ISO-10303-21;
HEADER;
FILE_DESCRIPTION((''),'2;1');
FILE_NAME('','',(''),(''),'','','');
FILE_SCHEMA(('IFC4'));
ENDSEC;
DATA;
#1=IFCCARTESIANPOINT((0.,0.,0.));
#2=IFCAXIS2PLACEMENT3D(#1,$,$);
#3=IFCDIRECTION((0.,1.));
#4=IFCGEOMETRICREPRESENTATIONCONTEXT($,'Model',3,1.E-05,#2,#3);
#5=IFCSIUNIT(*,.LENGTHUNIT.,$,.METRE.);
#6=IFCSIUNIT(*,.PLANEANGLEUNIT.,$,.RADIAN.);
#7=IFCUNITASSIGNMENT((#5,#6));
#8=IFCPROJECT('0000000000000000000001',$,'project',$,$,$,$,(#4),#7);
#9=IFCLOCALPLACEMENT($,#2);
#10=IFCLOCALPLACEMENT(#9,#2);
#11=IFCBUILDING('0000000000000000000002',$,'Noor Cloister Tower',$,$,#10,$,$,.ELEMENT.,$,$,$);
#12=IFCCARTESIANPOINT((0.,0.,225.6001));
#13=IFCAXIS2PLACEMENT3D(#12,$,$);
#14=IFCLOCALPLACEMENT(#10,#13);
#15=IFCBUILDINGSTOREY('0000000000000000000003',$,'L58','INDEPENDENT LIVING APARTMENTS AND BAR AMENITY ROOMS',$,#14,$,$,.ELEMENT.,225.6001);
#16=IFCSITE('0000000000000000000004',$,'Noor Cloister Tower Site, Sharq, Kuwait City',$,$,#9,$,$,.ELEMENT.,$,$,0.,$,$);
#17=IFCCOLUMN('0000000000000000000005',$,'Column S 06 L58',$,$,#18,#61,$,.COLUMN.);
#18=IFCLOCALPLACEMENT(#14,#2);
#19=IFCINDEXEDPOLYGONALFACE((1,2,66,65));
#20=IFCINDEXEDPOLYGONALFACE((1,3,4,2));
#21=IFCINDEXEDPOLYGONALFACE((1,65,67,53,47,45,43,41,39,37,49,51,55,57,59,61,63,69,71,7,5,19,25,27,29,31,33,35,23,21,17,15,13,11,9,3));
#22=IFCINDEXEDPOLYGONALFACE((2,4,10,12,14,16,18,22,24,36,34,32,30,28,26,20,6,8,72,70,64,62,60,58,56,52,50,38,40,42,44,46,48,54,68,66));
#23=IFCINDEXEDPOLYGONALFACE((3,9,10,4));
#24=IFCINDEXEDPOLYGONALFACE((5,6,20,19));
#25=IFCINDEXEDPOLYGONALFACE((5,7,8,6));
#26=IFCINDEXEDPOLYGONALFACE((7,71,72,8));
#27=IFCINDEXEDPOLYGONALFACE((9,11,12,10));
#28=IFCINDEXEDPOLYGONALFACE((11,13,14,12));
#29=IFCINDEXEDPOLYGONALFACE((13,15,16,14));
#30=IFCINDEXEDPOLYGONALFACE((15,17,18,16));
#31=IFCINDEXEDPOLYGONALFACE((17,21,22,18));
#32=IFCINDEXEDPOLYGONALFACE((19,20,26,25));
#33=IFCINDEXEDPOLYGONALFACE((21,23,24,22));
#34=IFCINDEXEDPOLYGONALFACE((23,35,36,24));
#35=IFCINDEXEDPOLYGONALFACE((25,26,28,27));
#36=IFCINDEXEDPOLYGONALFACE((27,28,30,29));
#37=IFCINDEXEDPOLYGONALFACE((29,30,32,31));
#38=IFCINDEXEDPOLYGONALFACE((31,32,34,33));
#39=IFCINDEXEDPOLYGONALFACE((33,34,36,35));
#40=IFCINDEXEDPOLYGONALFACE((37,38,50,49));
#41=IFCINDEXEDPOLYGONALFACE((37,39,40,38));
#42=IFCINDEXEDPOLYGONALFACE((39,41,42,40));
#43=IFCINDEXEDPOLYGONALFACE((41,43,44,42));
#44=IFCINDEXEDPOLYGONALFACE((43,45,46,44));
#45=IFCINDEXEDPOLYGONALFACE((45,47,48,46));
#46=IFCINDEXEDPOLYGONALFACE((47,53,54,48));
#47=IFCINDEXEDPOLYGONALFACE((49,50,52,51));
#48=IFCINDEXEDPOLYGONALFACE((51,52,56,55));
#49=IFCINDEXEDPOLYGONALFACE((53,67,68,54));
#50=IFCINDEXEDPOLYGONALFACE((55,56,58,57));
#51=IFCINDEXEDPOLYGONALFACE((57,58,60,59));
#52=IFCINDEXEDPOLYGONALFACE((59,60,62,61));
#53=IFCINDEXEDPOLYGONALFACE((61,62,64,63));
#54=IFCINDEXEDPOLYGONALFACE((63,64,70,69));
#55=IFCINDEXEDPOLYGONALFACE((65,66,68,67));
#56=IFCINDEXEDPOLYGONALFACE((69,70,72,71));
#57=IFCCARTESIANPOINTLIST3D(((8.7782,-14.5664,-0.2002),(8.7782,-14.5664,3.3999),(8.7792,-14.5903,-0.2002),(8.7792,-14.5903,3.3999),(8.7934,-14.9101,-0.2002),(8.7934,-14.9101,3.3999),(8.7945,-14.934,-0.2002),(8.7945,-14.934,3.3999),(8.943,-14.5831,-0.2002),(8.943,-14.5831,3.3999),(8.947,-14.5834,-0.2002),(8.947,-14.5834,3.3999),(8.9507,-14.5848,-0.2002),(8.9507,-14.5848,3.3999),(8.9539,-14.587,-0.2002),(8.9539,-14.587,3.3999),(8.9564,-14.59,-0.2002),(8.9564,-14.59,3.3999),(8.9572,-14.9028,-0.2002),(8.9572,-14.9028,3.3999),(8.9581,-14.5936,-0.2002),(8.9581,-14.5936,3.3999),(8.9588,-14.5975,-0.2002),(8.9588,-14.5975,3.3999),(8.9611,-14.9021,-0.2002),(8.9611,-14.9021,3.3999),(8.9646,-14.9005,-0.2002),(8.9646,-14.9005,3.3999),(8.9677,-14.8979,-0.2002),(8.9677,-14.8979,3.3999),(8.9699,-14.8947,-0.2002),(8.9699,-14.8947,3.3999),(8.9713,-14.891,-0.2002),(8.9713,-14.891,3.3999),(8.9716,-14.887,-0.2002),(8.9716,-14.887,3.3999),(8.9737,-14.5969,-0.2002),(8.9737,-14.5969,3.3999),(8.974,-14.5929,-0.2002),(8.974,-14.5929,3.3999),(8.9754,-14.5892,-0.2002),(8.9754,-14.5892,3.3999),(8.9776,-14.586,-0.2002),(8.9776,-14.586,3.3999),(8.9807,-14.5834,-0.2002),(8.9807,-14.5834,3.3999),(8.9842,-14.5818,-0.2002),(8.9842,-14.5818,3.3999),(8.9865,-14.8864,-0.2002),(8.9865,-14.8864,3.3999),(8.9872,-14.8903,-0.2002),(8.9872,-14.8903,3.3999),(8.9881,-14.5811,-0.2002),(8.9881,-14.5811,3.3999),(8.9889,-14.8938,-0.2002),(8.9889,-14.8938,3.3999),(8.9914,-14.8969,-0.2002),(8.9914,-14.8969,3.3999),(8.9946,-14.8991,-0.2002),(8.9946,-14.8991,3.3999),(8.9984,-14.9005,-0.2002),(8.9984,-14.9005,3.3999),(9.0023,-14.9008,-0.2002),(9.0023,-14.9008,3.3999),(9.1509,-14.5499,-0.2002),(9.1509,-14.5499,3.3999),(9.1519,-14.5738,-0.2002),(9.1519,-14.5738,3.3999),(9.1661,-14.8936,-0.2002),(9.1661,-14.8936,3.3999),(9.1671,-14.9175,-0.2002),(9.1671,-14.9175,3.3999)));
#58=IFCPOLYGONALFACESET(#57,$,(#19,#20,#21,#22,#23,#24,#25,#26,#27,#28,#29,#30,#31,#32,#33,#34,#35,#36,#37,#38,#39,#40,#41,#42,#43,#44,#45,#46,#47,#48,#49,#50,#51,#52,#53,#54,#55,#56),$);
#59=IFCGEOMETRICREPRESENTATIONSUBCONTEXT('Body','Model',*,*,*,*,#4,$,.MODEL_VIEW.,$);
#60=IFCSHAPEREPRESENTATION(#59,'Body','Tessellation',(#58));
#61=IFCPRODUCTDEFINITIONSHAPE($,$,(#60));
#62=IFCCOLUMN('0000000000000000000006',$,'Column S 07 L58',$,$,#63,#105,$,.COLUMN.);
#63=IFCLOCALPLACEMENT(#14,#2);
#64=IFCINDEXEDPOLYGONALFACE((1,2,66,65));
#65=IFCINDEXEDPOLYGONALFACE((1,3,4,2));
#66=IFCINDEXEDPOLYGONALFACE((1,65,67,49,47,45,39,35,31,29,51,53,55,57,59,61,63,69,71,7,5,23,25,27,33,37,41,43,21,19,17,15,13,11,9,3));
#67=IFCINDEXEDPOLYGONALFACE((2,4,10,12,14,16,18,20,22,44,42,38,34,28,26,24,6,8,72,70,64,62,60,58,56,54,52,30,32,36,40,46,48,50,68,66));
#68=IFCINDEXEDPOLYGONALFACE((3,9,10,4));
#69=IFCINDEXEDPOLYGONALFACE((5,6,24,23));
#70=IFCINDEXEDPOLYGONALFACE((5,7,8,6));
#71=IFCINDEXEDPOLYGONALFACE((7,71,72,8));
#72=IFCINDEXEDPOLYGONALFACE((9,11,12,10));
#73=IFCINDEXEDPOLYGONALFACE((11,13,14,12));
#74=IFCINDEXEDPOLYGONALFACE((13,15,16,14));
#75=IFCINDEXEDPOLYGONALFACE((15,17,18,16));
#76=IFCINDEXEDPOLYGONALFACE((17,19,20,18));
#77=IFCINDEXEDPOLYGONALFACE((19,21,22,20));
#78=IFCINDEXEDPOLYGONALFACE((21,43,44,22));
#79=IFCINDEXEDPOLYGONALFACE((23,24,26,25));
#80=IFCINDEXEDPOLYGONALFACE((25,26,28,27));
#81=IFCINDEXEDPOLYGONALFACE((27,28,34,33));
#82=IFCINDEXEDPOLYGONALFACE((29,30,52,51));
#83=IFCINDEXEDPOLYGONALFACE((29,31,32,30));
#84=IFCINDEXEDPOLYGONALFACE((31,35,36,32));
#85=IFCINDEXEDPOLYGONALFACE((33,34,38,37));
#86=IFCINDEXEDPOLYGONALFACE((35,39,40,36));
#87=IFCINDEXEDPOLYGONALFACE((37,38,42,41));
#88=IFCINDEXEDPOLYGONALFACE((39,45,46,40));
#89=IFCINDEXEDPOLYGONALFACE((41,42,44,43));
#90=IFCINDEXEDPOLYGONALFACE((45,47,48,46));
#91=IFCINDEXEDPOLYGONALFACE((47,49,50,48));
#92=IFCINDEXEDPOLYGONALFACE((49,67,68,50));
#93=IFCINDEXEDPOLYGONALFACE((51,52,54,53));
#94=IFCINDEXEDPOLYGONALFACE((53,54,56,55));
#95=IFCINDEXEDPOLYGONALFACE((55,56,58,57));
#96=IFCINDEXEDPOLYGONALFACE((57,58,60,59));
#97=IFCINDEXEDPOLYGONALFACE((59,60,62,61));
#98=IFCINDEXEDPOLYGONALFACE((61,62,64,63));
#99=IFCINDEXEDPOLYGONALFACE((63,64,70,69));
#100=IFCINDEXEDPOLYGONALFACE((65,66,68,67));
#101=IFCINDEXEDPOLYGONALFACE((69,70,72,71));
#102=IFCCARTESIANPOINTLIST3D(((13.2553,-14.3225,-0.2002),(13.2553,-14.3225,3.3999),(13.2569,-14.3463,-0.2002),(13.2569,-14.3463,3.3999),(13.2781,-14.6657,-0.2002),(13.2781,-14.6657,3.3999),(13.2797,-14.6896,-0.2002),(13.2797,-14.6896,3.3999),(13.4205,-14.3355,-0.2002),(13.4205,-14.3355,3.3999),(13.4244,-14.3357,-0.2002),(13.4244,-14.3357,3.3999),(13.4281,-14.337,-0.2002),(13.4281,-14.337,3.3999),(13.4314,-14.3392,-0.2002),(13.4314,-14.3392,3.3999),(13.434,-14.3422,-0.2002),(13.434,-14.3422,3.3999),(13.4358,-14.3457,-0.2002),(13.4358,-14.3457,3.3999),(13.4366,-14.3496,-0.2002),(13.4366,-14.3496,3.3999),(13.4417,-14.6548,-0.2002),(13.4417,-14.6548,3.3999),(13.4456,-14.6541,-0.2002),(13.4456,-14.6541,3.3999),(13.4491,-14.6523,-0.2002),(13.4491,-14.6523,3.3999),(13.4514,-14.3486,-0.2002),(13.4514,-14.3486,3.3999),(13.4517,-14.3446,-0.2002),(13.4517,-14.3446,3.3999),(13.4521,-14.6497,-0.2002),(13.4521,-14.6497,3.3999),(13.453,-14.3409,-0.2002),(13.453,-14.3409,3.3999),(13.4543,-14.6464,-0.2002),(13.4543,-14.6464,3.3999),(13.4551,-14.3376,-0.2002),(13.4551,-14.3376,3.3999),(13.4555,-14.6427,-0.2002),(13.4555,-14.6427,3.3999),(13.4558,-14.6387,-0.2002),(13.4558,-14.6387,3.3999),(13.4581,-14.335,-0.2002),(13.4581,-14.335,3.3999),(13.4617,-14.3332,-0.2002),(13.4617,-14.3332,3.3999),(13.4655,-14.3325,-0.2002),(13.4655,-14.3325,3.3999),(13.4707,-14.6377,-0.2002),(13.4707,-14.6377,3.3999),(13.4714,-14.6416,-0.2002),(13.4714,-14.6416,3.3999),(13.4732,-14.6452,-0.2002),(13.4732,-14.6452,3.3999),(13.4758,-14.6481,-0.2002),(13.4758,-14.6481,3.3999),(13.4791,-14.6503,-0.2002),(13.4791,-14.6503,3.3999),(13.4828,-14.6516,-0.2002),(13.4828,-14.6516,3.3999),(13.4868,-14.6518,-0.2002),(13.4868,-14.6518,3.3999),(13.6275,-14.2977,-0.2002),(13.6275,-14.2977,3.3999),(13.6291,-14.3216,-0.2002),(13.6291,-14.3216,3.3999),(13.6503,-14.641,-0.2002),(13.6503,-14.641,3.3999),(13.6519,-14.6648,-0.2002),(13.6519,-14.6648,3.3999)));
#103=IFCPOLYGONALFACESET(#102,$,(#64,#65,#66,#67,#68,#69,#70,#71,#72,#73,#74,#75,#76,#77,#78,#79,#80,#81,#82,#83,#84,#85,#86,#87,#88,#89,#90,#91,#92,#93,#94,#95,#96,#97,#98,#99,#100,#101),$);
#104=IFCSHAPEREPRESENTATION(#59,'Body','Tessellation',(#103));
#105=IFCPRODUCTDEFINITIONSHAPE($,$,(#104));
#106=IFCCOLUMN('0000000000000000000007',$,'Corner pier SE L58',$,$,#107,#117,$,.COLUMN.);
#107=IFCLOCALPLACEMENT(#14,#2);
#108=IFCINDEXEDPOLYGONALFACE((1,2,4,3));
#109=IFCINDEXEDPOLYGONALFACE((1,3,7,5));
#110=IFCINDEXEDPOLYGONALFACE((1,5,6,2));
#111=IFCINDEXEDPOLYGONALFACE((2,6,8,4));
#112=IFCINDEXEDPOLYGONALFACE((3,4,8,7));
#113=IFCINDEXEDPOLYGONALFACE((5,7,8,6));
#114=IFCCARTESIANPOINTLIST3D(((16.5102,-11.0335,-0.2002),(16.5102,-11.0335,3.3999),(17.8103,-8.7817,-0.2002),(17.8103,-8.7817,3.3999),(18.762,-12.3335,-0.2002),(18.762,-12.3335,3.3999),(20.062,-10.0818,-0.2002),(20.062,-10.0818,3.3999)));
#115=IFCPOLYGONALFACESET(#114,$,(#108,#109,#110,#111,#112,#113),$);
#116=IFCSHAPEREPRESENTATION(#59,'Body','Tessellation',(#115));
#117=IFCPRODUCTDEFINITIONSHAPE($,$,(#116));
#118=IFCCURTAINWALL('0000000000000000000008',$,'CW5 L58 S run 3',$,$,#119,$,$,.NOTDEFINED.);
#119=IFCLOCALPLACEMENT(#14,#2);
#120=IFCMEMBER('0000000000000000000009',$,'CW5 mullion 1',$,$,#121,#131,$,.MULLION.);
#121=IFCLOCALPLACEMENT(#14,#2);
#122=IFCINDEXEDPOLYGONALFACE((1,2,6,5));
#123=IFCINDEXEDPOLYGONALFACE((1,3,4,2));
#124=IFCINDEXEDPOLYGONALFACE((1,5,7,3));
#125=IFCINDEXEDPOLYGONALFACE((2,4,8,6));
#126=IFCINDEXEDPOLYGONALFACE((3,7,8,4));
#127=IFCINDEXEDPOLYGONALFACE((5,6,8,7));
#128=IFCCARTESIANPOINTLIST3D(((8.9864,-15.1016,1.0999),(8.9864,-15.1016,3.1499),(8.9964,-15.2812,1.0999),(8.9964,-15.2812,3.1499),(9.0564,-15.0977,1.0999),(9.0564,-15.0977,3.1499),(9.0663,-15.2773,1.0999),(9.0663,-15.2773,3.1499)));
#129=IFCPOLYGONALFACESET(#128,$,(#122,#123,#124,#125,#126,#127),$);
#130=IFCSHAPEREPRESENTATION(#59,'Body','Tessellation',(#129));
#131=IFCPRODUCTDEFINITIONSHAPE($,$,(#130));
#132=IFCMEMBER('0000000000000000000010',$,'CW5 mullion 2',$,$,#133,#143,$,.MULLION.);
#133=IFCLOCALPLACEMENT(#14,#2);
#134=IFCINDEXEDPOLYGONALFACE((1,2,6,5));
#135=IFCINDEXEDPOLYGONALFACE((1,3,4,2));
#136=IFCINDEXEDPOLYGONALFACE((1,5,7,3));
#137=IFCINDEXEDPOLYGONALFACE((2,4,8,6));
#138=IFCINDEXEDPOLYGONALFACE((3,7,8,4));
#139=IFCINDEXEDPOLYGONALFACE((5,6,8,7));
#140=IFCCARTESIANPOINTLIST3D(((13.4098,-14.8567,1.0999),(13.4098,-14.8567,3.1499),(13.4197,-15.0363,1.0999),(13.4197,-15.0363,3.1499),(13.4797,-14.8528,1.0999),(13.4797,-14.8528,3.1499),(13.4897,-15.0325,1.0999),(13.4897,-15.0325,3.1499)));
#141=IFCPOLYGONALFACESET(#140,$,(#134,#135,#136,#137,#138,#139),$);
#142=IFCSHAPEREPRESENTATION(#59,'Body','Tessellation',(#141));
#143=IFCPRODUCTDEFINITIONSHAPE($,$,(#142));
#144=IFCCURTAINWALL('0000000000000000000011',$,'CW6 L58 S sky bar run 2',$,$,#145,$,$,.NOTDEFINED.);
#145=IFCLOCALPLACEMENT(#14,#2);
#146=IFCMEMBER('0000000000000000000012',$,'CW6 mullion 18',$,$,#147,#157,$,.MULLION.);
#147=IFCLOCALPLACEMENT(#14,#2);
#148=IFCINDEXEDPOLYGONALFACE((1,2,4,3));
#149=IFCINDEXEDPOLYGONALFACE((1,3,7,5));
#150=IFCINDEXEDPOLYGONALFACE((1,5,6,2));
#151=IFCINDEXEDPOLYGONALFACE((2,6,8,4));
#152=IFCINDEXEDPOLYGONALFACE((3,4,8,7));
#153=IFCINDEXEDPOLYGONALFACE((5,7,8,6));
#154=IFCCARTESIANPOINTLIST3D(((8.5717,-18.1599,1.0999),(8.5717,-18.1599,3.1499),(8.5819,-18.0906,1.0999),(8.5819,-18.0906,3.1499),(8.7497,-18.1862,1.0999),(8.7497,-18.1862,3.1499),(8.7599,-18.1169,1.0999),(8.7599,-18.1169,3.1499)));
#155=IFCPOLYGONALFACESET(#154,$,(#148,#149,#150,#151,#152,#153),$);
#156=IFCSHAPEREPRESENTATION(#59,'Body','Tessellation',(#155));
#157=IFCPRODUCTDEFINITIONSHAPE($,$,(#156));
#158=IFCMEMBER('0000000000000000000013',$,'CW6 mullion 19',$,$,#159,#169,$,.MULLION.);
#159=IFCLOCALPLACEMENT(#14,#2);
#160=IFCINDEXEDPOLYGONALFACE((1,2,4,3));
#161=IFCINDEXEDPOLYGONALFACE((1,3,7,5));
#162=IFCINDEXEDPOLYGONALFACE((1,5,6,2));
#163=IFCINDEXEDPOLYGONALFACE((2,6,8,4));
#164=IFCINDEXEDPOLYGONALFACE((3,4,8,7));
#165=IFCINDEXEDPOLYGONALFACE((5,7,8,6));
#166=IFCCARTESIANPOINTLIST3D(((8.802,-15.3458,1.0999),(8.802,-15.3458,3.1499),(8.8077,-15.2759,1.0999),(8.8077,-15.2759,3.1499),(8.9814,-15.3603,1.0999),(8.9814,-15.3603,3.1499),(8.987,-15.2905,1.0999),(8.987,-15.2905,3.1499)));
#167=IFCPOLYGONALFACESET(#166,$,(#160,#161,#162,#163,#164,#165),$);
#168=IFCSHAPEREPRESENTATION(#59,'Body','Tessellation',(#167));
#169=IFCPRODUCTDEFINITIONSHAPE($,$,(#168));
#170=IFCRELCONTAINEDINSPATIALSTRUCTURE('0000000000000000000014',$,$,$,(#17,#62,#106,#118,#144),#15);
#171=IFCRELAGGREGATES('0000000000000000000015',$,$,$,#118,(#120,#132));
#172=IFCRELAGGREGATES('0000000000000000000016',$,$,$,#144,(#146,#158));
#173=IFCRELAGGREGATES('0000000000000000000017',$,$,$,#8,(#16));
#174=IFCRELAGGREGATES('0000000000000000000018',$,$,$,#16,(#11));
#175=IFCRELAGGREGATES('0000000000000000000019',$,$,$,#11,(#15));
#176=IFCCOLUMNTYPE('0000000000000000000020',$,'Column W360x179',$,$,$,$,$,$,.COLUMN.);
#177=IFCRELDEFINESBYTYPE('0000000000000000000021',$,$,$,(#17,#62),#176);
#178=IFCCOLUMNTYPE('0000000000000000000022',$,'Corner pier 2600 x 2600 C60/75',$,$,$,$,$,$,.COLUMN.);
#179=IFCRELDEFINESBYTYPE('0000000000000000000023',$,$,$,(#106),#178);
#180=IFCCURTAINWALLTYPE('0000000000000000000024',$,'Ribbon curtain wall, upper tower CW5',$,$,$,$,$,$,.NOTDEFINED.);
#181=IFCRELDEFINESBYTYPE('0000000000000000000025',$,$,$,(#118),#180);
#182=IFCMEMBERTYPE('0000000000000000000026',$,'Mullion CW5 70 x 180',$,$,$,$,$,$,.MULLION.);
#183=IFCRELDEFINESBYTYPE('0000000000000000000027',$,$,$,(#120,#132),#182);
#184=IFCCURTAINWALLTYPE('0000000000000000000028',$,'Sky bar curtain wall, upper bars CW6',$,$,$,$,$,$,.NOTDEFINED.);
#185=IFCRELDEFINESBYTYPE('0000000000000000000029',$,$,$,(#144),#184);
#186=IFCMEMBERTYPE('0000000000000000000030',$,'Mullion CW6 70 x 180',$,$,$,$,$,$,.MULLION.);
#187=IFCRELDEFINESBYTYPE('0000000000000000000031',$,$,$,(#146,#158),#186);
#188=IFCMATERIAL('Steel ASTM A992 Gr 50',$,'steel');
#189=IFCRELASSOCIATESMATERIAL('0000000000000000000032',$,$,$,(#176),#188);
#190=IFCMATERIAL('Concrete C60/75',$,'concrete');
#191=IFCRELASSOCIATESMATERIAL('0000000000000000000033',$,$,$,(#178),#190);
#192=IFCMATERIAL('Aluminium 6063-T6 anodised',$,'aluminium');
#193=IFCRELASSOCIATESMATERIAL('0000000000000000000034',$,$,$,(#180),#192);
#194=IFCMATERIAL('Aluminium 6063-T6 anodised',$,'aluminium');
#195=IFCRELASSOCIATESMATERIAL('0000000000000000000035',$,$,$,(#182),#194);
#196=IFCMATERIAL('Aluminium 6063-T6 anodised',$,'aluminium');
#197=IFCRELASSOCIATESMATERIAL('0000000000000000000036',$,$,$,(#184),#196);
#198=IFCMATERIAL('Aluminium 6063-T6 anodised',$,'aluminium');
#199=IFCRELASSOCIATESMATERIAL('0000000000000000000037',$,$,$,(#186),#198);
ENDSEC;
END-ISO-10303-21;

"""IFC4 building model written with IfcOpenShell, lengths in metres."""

from ifc_helpers import new_model, si_unit, direction, frame, origin, origin_2d, place, context, subcontext, project, spatial, rectangle, i_section, extrude, material, material_profile, profile_set, type_object, element, aggregate, save


model = new_model("IFC4")

# Units and contexts
model_context = context("Model", 3, precision=1e-05, world=origin(), true_north=direction((0.0, 1.0)))
body_context = subcontext(model_context, "Body", "Model", "MODEL_VIEW")
ifc_project = project(units=[si_unit("LENGTHUNIT", "METRE"), si_unit("PLANEANGLEUNIT", "RADIAN")], contexts=[model_context])

# Site, building, storey
site_placement = place(None, origin())
site = spatial("IfcSite", under=ifc_project, at=site_placement, Name="Noor Cloister Tower Site, Sharq, Kuwait City", CompositionType="ELEMENT", RefElevation=0.0)
building_placement = place(site_placement, origin())
building = spatial("IfcBuilding", under=site, at=building_placement, Name="Noor Cloister Tower", CompositionType="ELEMENT")
storey_placement = place(building_placement, frame((0.0, 0.0, 225.6001)))
storey = spatial("IfcBuildingStorey", under=building, at=storey_placement, Name="L58", Description="INDEPENDENT LIVING APARTMENTS AND BAR AMENITY ROOMS", CompositionType="ELEMENT", Elevation=225.6001)

# Columns
ifc_material_1 = material(Name="Steel ASTM A992 Gr 50", Category="steel")
ifc_material_profile_1 = material_profile(ifc_material_1, i_section(OverallWidth=0.373, OverallDepth=0.3679, WebThickness=0.0149, FlangeThickness=0.0239, FilletRadius=0.0151, at=origin_2d()), Name="W360x179")
ifc_profile_set_1 = profile_set([ifc_material_profile_1], Name="Steel ASTM A992 Gr 50")
column_type_1 = type_object("IfcColumnType", Name="Column W360x179", PredefinedType="COLUMN", material=ifc_profile_set_1)
for number, where, z_axis, x_axis, name in (
    (1, (8.9727, -14.7419, -0.2002), (0.0, 0.0, 1.0), (0.99902, 0.044252, 0.0), "Column S 06 L58"),
    (2, (13.4536, -14.4937, -0.2002), (0.0, 0.0, 1.0), (0.997796, 0.066352, 0.0), "Column S 07 L58"),
):
    element("IfcColumn", number, at=place(storey_placement, frame(where, z_axis=z_axis, x_axis=x_axis)), inside=storey, type_object=column_type_1, Name=name, PredefinedType="COLUMN", context=body_context, shape_type="SweptSolid", body=[
        extrude(i_section(OverallWidth=0.373, OverallDepth=0.3679, WebThickness=0.0149, FlangeThickness=0.0239, FilletRadius=0.0151, at=origin_2d()), origin(), (0.0, 0.0, 1.0), 3.6001),
    ])
ifc_material_2 = material(Name="Concrete C60/75", Category="concrete")
ifc_material_profile_2 = material_profile(ifc_material_2, rectangle(XDim=2.6001, YDim=2.6001, at=origin_2d()), Name="RC 2600x2600")
ifc_profile_set_2 = profile_set([ifc_material_profile_2], Name="Concrete C60/75")
column_type_2 = type_object("IfcColumnType", Name="Corner pier 2600 x 2600 C60/75", PredefinedType="COLUMN", material=ifc_profile_set_2)
column_placement = place(storey_placement, frame((18.2861, -10.5576, -0.2002), z_axis=(0.0, 0.0, 1.0), x_axis=(0.866025, -0.5, 0.0)))
element("IfcColumn", 3, at=column_placement, inside=storey, type_object=column_type_2, Name="Corner pier SE L58", PredefinedType="COLUMN", context=body_context, shape_type="SweptSolid", body=[
    extrude(rectangle(XDim=2.6001, YDim=2.6001, at=origin_2d()), origin(), (0.0, 0.0, 1.0), 3.6001),
])

# Curtain walls, members
ifc_material_3 = material(Name="Aluminium 6063-T6 anodised", Category="aluminium")
curtain_wall_type_1 = type_object("IfcCurtainWallType", Name="Ribbon curtain wall, upper tower CW5", PredefinedType="NOTDEFINED", material=ifc_material_3)
curtain_wall_1_placement = place(storey_placement, origin())
curtain_wall_1 = element("IfcCurtainWall", 4, at=curtain_wall_1_placement, inside=storey, type_object=curtain_wall_type_1, Name="CW5 L58 S run 3", PredefinedType="NOTDEFINED")
ifc_material_4 = material(Name="Aluminium 6063-T6 anodised", Category="aluminium")
ifc_material_profile_3 = material_profile(ifc_material_4, rectangle(XDim=0.1799, YDim=0.0701, at=origin_2d()), Name="180 x 70 mullion")
ifc_profile_set_3 = profile_set([ifc_material_profile_3], Name="Aluminium 6063-T6 anodised")
member_type_1 = type_object("IfcMemberType", Name="Mullion CW5 70 x 180", PredefinedType="MULLION", material=ifc_profile_set_3)
member_1_placement = place(storey_placement, frame((9.0264, -15.1895, 1.0999), z_axis=(0.0, 0.0, 1.0), x_axis=(-0.055305, 0.998469, 0.0)))
member_1 = element("IfcMember", 5, at=member_1_placement, type_object=member_type_1, Name="CW5 mullion 1", PredefinedType="MULLION", context=body_context, shape_type="SweptSolid", body=[
    extrude(rectangle(XDim=0.1799, YDim=0.0701, at=origin_2d()), origin(), (0.0, 0.0, 1.0), 2.05),
])
member_2_placement = place(storey_placement, frame((13.4497, -14.9446, 1.0999), z_axis=(0.0, 0.0, 1.0), x_axis=(-0.055305, 0.998469, 0.0)))
member_2 = element("IfcMember", 6, at=member_2_placement, type_object=member_type_1, Name="CW5 mullion 2", PredefinedType="MULLION", context=body_context, shape_type="SweptSolid", body=[
    extrude(rectangle(XDim=0.1799, YDim=0.0701, at=origin_2d()), origin(), (0.0, 0.0, 1.0), 2.05),
])
ifc_material_5 = material(Name="Aluminium 6063-T6 anodised", Category="aluminium")
curtain_wall_type_2 = type_object("IfcCurtainWallType", Name="Sky bar curtain wall, upper bars CW6", PredefinedType="NOTDEFINED", material=ifc_material_5)
curtain_wall_2_placement = place(storey_placement, origin())
curtain_wall_2 = element("IfcCurtainWall", 7, at=curtain_wall_2_placement, inside=storey, type_object=curtain_wall_type_2, Name="CW6 L58 S sky bar run 2", PredefinedType="NOTDEFINED")
ifc_material_6 = material(Name="Aluminium 6063-T6 anodised", Category="aluminium")
ifc_material_profile_4 = material_profile(ifc_material_6, rectangle(XDim=0.1799, YDim=0.0701, at=origin_2d()), Name="180 x 70 mullion")
ifc_profile_set_4 = profile_set([ifc_material_profile_4], Name="Aluminium 6063-T6 anodised")
member_type_2 = type_object("IfcMemberType", Name="Mullion CW6 70 x 180", PredefinedType="MULLION", material=ifc_profile_set_4)
member_3_placement = place(storey_placement, frame((8.6658, -18.1384, 1.0999), z_axis=(0.0, 0.0, 1.0), x_axis=(-0.98926, 0.146169, 0.0)))
member_3 = element("IfcMember", 8, at=member_3_placement, type_object=member_type_2, Name="CW6 mullion 18", PredefinedType="MULLION", context=body_context, shape_type="SweptSolid", body=[
    extrude(rectangle(XDim=0.1799, YDim=0.0701, at=origin_2d()), origin(), (0.0, 0.0, 1.0), 2.05),
])
member_4_placement = place(storey_placement, frame((8.8945, -15.3181, 1.0999), z_axis=(0.0, 0.0, 1.0), x_axis=(-0.996728, 0.080834, 0.0)))
member_4 = element("IfcMember", 9, at=member_4_placement, type_object=member_type_2, Name="CW6 mullion 19", PredefinedType="MULLION", context=body_context, shape_type="SweptSolid", body=[
    extrude(rectangle(XDim=0.1799, YDim=0.0701, at=origin_2d()), origin(), (0.0, 0.0, 1.0), 2.05),
])

aggregate(curtain_wall_1, [member_1, member_2])
aggregate(curtain_wall_2, [member_3, member_4])

save(model, "model.ifc")
